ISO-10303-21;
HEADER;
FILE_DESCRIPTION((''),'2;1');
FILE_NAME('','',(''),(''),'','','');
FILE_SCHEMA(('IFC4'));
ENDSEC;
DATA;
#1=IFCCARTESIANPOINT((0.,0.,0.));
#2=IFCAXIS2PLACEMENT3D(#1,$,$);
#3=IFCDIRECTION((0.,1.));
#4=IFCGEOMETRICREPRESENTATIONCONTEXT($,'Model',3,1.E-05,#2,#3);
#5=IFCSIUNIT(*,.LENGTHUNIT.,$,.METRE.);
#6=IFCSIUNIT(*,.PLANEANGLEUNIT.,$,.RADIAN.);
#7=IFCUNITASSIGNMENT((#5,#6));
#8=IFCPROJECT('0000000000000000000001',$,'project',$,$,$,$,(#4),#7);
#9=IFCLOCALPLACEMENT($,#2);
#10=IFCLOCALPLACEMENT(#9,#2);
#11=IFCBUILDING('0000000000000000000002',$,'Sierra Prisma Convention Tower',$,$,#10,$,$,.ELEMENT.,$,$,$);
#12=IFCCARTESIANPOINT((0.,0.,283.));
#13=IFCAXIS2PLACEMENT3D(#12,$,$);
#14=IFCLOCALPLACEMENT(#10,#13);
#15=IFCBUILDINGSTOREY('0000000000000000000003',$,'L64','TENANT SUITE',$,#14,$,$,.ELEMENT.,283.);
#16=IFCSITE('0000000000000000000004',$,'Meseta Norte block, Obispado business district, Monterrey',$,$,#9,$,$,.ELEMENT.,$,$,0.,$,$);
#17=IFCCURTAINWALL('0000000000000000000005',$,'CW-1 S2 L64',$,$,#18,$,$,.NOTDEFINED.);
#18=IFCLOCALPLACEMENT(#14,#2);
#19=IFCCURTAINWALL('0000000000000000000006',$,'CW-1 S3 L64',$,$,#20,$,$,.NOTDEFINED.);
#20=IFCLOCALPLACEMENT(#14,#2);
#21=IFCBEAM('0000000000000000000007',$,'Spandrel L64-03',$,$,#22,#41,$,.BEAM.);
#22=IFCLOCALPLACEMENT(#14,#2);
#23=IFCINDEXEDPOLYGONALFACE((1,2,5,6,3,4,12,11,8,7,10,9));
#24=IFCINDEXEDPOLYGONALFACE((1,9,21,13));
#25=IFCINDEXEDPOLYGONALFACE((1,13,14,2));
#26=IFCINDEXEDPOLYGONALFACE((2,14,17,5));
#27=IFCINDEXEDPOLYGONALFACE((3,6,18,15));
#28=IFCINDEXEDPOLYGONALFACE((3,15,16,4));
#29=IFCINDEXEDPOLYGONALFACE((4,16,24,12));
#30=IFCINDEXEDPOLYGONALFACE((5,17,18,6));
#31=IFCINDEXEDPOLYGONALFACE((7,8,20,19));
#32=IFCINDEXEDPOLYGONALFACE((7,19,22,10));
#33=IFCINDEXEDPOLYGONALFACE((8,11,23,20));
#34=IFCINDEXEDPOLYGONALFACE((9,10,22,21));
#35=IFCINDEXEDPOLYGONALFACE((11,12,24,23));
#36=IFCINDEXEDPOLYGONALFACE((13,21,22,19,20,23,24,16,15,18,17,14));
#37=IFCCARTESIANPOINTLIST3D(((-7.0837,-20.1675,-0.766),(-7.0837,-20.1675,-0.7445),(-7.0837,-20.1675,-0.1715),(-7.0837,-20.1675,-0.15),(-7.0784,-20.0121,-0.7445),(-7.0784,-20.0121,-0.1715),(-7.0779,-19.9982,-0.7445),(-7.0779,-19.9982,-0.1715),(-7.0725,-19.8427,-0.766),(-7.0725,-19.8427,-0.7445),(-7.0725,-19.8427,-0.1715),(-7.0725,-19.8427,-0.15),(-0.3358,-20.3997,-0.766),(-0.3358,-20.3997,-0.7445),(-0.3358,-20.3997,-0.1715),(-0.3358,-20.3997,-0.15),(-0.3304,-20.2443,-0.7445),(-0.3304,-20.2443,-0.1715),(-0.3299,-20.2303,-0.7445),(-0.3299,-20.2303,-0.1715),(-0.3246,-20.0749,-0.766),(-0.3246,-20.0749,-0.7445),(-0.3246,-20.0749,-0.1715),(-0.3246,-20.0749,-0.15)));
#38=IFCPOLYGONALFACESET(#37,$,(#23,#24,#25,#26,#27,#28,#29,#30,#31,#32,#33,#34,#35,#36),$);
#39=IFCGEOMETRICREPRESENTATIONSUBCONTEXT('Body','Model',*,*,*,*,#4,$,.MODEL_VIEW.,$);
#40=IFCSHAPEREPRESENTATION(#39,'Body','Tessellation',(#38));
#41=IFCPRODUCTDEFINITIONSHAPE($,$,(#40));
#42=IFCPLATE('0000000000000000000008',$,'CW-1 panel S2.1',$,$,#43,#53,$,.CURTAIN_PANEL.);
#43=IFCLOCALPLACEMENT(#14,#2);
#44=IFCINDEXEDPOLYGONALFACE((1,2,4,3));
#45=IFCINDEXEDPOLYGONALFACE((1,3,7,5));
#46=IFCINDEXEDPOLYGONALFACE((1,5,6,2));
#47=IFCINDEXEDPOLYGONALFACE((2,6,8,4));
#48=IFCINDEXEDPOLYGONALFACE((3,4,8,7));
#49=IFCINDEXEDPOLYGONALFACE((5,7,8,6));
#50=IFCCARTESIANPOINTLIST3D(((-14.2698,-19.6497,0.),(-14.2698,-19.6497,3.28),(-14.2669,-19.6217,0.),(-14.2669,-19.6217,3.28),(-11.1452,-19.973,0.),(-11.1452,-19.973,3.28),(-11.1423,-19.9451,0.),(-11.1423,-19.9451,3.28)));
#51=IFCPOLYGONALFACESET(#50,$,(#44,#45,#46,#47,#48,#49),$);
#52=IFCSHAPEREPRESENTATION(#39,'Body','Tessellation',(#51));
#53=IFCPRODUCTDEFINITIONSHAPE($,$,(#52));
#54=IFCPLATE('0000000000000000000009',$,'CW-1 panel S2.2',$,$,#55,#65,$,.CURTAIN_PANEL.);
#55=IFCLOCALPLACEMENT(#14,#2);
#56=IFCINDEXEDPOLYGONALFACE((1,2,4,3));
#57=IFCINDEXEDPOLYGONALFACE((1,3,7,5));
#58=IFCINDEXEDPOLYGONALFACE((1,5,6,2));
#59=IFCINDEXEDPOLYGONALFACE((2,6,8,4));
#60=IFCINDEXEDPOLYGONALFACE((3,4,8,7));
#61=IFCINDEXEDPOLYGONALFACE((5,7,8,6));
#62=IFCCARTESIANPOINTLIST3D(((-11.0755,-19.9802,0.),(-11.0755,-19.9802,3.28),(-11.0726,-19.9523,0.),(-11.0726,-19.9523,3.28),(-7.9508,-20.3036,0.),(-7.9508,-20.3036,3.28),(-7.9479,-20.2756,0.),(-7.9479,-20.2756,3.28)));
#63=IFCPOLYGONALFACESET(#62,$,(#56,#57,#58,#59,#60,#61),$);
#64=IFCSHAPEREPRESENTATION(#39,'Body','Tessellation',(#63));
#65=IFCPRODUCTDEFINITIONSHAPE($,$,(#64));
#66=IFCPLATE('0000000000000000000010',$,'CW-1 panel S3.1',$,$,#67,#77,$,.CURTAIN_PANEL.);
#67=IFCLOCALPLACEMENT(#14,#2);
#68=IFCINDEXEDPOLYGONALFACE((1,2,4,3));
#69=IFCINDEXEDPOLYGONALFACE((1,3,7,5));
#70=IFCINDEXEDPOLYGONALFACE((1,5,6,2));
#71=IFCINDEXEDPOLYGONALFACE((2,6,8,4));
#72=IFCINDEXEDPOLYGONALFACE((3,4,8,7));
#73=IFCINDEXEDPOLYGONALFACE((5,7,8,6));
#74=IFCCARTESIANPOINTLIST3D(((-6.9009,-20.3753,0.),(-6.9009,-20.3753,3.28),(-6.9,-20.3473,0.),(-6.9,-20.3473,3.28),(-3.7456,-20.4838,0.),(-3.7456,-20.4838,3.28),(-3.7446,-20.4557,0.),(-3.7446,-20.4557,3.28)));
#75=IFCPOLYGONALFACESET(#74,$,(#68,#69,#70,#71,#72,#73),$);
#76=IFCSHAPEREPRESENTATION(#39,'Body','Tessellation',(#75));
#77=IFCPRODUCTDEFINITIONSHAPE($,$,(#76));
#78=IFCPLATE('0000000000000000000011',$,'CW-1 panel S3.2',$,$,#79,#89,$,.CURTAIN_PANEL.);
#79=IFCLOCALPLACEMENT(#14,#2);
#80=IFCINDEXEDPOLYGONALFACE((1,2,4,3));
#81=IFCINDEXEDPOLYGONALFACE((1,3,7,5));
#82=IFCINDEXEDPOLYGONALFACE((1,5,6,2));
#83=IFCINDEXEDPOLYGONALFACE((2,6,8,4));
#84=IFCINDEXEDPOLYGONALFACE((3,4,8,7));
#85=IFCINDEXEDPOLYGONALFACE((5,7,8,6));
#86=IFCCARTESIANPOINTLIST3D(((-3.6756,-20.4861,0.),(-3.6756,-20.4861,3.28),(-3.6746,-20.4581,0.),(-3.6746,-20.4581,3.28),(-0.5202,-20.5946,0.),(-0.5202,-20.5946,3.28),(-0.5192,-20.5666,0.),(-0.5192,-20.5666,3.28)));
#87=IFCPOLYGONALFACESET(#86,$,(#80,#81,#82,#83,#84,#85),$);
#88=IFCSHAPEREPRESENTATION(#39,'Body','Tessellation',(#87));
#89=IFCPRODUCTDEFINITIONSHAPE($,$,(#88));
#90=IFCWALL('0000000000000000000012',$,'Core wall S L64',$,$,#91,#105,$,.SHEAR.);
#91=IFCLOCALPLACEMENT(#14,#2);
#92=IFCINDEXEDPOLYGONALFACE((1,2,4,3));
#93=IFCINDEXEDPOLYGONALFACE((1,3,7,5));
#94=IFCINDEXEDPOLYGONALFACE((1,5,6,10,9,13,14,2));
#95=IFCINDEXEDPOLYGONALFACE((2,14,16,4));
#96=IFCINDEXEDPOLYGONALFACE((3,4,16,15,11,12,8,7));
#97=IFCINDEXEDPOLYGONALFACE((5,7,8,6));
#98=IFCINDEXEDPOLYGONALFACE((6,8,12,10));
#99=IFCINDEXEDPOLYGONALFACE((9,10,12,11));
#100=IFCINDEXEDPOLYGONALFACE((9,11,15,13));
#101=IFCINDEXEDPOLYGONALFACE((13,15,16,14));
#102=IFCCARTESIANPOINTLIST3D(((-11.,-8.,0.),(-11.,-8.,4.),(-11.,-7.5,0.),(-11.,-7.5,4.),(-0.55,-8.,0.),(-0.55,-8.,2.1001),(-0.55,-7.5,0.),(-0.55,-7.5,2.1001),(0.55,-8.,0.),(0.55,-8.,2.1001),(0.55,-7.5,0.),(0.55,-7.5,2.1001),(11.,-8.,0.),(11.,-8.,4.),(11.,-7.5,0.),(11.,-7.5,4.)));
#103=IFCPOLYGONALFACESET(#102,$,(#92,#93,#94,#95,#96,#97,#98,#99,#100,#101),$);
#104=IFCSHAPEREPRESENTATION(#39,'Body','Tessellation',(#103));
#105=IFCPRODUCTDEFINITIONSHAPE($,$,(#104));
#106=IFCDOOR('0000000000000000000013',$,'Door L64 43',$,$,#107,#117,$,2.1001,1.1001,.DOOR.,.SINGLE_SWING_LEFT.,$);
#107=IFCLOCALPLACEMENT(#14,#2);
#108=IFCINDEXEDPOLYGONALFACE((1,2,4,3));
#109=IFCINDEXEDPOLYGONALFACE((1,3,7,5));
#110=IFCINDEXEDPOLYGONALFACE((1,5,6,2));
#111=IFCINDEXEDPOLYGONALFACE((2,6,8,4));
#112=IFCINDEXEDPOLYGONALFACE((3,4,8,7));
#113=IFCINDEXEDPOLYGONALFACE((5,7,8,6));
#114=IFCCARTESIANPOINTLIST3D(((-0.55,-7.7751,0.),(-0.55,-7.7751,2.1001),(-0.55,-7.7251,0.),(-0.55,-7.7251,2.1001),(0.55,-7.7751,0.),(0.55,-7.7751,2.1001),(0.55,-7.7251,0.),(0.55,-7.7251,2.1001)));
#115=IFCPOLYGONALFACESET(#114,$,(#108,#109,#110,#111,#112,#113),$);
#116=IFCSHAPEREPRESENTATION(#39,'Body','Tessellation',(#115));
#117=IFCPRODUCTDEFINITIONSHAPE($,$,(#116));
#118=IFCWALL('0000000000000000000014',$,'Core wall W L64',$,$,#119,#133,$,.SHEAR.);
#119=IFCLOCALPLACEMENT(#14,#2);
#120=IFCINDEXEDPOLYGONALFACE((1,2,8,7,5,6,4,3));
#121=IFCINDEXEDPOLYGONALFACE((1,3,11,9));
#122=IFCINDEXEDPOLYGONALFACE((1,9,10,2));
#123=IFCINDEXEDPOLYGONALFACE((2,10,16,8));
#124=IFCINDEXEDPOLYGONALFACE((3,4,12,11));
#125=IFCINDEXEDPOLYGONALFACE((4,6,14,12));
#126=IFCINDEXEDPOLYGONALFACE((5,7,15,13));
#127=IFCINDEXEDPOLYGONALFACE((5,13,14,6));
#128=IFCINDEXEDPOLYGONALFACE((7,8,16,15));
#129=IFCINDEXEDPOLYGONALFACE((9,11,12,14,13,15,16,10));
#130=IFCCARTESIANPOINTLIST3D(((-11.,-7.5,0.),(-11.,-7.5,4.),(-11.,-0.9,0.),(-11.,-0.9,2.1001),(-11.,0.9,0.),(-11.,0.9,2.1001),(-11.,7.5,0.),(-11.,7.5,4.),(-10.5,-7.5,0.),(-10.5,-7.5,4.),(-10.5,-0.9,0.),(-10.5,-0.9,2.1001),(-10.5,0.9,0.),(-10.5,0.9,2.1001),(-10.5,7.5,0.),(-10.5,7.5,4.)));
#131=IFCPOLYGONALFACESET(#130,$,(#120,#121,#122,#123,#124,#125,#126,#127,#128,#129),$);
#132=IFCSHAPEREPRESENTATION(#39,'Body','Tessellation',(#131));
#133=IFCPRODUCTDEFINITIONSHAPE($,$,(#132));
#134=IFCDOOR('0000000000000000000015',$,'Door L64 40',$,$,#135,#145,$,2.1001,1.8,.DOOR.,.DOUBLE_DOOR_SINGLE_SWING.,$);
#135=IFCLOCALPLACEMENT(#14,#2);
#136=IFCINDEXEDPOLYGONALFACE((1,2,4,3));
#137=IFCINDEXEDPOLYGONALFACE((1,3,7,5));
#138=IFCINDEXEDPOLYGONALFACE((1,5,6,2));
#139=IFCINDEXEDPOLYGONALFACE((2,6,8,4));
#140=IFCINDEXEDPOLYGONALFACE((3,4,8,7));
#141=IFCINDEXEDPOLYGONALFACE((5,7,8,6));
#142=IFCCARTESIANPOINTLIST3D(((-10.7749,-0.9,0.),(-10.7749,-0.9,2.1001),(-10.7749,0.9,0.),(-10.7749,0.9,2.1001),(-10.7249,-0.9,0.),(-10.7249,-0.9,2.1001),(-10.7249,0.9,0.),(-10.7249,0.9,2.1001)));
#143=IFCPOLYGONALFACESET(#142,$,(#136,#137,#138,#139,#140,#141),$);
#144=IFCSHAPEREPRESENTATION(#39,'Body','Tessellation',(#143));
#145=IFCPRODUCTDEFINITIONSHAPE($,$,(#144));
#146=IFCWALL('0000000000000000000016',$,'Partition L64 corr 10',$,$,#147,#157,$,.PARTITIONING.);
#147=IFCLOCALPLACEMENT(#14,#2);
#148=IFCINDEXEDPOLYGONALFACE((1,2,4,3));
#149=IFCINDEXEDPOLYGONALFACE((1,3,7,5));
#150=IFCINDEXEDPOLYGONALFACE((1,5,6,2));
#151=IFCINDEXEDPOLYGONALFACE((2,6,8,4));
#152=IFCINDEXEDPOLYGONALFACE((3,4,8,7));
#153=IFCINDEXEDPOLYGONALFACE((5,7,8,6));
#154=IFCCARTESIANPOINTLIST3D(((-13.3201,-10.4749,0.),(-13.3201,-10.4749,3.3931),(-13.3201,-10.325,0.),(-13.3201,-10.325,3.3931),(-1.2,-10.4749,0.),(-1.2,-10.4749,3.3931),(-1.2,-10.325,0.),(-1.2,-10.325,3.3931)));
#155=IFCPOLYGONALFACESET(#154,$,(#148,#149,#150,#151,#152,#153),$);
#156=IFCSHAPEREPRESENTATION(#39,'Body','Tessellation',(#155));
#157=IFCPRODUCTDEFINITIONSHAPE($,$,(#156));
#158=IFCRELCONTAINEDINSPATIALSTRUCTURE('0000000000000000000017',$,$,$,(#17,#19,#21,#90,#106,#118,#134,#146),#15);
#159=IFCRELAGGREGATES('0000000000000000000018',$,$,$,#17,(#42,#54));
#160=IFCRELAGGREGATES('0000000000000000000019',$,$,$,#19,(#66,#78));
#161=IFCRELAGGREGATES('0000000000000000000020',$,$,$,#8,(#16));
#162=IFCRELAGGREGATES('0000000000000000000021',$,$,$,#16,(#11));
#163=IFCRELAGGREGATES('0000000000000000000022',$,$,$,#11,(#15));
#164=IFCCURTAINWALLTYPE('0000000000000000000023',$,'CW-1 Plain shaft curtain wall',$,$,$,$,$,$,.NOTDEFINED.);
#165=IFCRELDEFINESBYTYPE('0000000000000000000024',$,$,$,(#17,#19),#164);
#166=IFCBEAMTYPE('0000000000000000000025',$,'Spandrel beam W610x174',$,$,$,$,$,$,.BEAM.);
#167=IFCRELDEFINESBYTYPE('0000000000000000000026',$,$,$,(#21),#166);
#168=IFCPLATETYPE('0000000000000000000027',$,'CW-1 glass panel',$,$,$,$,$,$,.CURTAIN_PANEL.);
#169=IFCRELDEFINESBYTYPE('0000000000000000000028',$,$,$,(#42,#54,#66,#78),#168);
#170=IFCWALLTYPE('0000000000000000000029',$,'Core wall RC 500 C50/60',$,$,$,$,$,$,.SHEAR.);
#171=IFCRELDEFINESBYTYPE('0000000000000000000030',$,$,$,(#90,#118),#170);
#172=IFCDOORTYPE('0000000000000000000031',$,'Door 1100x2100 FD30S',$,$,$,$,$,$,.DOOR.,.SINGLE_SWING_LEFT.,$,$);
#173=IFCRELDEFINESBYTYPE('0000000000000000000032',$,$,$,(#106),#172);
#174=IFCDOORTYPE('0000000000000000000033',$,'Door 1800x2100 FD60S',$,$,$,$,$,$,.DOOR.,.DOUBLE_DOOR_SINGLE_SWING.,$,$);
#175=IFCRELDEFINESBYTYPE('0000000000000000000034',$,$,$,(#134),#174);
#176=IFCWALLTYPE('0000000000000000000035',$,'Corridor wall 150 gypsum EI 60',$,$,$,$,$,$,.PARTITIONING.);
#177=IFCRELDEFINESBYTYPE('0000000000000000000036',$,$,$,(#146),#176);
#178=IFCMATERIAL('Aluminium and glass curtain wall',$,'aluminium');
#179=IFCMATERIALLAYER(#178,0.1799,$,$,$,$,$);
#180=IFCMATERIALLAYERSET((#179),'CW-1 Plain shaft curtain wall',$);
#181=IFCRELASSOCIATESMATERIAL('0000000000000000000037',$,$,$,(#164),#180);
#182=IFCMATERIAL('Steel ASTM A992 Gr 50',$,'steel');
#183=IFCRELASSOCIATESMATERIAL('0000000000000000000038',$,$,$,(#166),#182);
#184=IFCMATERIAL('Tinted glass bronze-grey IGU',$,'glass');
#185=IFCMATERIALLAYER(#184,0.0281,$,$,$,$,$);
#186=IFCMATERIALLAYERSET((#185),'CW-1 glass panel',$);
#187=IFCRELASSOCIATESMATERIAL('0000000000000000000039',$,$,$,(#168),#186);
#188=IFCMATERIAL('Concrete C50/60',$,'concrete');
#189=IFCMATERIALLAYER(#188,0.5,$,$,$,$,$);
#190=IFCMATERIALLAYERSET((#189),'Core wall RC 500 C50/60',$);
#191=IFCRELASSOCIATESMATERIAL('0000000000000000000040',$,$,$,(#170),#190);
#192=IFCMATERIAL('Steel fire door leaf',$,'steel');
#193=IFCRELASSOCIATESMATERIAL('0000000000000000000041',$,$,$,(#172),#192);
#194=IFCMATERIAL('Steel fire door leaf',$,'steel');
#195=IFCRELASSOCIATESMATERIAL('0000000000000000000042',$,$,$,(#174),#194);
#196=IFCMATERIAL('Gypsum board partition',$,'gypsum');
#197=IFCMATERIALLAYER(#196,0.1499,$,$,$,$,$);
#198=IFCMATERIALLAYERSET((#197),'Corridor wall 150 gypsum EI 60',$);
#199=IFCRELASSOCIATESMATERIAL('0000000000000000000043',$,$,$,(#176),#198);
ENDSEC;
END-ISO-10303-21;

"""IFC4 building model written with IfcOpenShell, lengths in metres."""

from ifc_helpers import new_model, si_unit, direction, frame, frame_2d, origin, origin_2d, place, context, subcontext, project, spatial, rectangle, i_section, extrude, material, layer, layer_set, material_profile, profile_set, type_object, element, fill, aggregate, save


model = new_model("IFC4")

# Units and contexts
model_context = context("Model", 3, precision=1e-05, world=origin(), true_north=direction((0.0, 1.0)))
body_context = subcontext(model_context, "Body", "Model", "MODEL_VIEW")
ifc_project = project(units=[si_unit("LENGTHUNIT", "METRE"), si_unit("PLANEANGLEUNIT", "RADIAN")], contexts=[model_context])

# Site, building, storey
site_placement = place(None, origin())
site = spatial("IfcSite", under=ifc_project, at=site_placement, Name="Meseta Norte block, Obispado business district, Monterrey", CompositionType="ELEMENT", RefElevation=0.0)
building_placement = place(site_placement, origin())
building = spatial("IfcBuilding", under=site, at=building_placement, Name="Sierra Prisma Convention Tower", CompositionType="ELEMENT")
storey_placement = place(building_placement, frame((0.0, 0.0, 283.0)))
storey = spatial("IfcBuildingStorey", under=building, at=storey_placement, Name="L64", Description="TENANT SUITE", CompositionType="ELEMENT", Elevation=283.0)

# Curtain wall
ifc_material_1 = material(Name="Aluminium and glass curtain wall", Category="aluminium")
ifc_layer_1 = layer(ifc_material_1, 0.1799)
ifc_layer_set_1 = layer_set([ifc_layer_1], Name="CW-1 Plain shaft curtain wall")
curtain_wall_type = type_object("IfcCurtainWallType", Name="CW-1 Plain shaft curtain wall", PredefinedType="NOTDEFINED", material=ifc_layer_set_1)
curtain_wall_1_placement = place(storey_placement, origin())
curtain_wall_1 = element("IfcCurtainWall", 1, at=curtain_wall_1_placement, inside=storey, type_object=curtain_wall_type, Name="CW-1 S2 L64", PredefinedType="NOTDEFINED")

# Curtain wall
curtain_wall_2_placement = place(storey_placement, origin())
curtain_wall_2 = element("IfcCurtainWall", 2, at=curtain_wall_2_placement, inside=storey, type_object=curtain_wall_type, Name="CW-1 S3 L64", PredefinedType="NOTDEFINED")

# Beam
ifc_material_2 = material(Name="Steel ASTM A992 Gr 50", Category="steel")
ifc_material_profile_1 = material_profile(ifc_material_2, i_section(OverallWidth=0.325, OverallDepth=0.616, WebThickness=0.0139, FlangeThickness=0.0215, at=origin_2d()), Name="W610x174")
ifc_profile_set_1 = profile_set([ifc_material_profile_1], Name="Steel ASTM A992 Gr 50")
beam_type_1 = type_object("IfcBeamType", Name="Spandrel beam W610x174", PredefinedType="BEAM", material=ifc_profile_set_1)
beam_1_placement = place(storey_placement, frame((-7.0781, -20.0051, -0.458), z_axis=(0.999409, -0.034386, 0.0), x_axis=(0.034386, 0.999409, 0.0)))
element("IfcBeam", 3, at=beam_1_placement, inside=storey, type_object=beam_type_1, Name="Spandrel L64-03", PredefinedType="BEAM", context=body_context, shape_type="SweptSolid", body=[
    extrude(i_section(OverallWidth=0.325, OverallDepth=0.616, WebThickness=0.0139, FlangeThickness=0.0215, at=origin_2d()), origin(), (0.0, 0.0, 1.0), 6.752),
])

# Plates
ifc_material_3 = material(Name="Tinted glass bronze-grey IGU", Category="glass")
ifc_layer_2 = layer(ifc_material_3, 0.0281)
ifc_layer_set_2 = layer_set([ifc_layer_2], Name="CW-1 glass panel")
plate_type = type_object("IfcPlateType", Name="CW-1 glass panel", PredefinedType="CURTAIN_PANEL", material=ifc_layer_set_2)
plate_1_placement = place(storey_placement, frame((-12.7061, -19.7974, 0.0), z_axis=(0.0, 0.0, 1.0), x_axis=(0.994689, -0.10293, 0.0)))
plate_1 = element("IfcPlate", 4, at=plate_1_placement, type_object=plate_type, Name="CW-1 panel S2.1", PredefinedType="CURTAIN_PANEL", context=body_context, shape_type="SweptSolid", body=[
    extrude(rectangle(XDim=3.1414, YDim=0.0281, at=origin_2d()), origin(), (0.0, 0.0, 1.0), 3.28),
])
plate_2_placement = place(storey_placement, frame((-9.5117, -20.1279, 0.0), z_axis=(0.0, 0.0, 1.0), x_axis=(0.994689, -0.10293, 0.0)))
plate_2 = element("IfcPlate", 5, at=plate_2_placement, type_object=plate_type, Name="CW-1 panel S2.2", PredefinedType="CURTAIN_PANEL", context=body_context, shape_type="SweptSolid", body=[
    extrude(rectangle(XDim=3.1414, YDim=0.0281, at=origin_2d()), origin(), (0.0, 0.0, 1.0), 3.28),
])
aggregate(curtain_wall_1, [plate_1, plate_2])
plate_3_placement = place(storey_placement, frame((-5.3228, -20.4155, 0.0), z_axis=(0.0, 0.0, 1.0), x_axis=(0.999409, -0.034364, 0.0)))
plate_3 = element("IfcPlate", 6, at=plate_3_placement, type_object=plate_type, Name="CW-1 panel S3.1", PredefinedType="CURTAIN_PANEL", context=body_context, shape_type="SweptSolid", body=[
    extrude(rectangle(XDim=3.1572, YDim=0.0281, at=origin_2d()), origin(), (0.0, 0.0, 1.0), 3.28),
])
plate_4_placement = place(storey_placement, frame((-2.0974, -20.5264, 0.0), z_axis=(0.0, 0.0, 1.0), x_axis=(0.999409, -0.034364, 0.0)))
plate_4 = element("IfcPlate", 7, at=plate_4_placement, type_object=plate_type, Name="CW-1 panel S3.2", PredefinedType="CURTAIN_PANEL", context=body_context, shape_type="SweptSolid", body=[
    extrude(rectangle(XDim=3.1572, YDim=0.0281, at=origin_2d()), origin(), (0.0, 0.0, 1.0), 3.28),
])
aggregate(curtain_wall_2, [plate_3, plate_4])

# Walls, openings, doors
ifc_material_4 = material(Name="Concrete C50/60", Category="concrete")
ifc_layer_3 = layer(ifc_material_4, 0.5)
ifc_layer_set_3 = layer_set([ifc_layer_3], Name="Core wall RC 500 C50/60")
wall_type_1 = type_object("IfcWallType", Name="Core wall RC 500 C50/60", PredefinedType="SHEAR", material=ifc_layer_set_3)
wall_1_placement = place(storey_placement, frame((-11.0, -7.75, 0.0), z_axis=(0.0, 0.0, 1.0), x_axis=(1.0, 0.0, 0.0)))
wall_1 = element("IfcWall", 8, at=wall_1_placement, inside=storey, type_object=wall_type_1, Name="Core wall S L64", PredefinedType="SHEAR", context=body_context, shape_type="SweptSolid", body=[
    extrude(rectangle(XDim=22.0, YDim=0.5, at=frame_2d((11.0, 0.0))), origin(), (0.0, 0.0, 1.0), 4.0),
])
opening_1_placement = place(wall_1_placement, frame((10.45, 0.0, 0.0)))
opening_1 = element("IfcOpeningElement", 9, at=opening_1_placement, cuts=wall_1, PredefinedType="OPENING", context=body_context, shape_type="SweptSolid", body=[
    extrude(rectangle(XDim=1.1001, YDim=2.1001, at=frame_2d((0.55, 1.05))), frame((0.0, 0.25, 0.0), z_axis=(0.0, -1.0, 0.0), x_axis=(1.0, 0.0, 0.0)), (0.0, 0.0, 1.0), 0.5),
])
ifc_material_5 = material(Name="Steel fire door leaf", Category="steel")
door_type_1 = type_object("IfcDoorType", Name="Door 1100x2100 FD30S", OperationType="SINGLE_SWING_LEFT", PredefinedType="DOOR", material=ifc_material_5)
door_1_placement = place(opening_1_placement, origin())
door_1 = element("IfcDoor", 10, at=door_1_placement, inside=storey, type_object=door_type_1, Name="Door L64 43", OperationType="SINGLE_SWING_LEFT", OverallHeight=2.1001, OverallWidth=1.1001, PredefinedType="DOOR", context=body_context, shape_type="SweptSolid", body=[
    extrude(rectangle(XDim=1.1001, YDim=2.1001, at=frame_2d((0.55, 1.05))), frame((0.0, 0.0249, 0.0), z_axis=(0.0, -1.0, 0.0), x_axis=(1.0, 0.0, 0.0)), (0.0, 0.0, 1.0), 0.05),
])
fill(opening_1, door_1)
wall_2_placement = place(storey_placement, frame((-10.75, -7.5, 0.0), z_axis=(0.0, 0.0, 1.0), x_axis=(0.0, 1.0, 0.0)))
wall_2 = element("IfcWall", 11, at=wall_2_placement, inside=storey, type_object=wall_type_1, Name="Core wall W L64", PredefinedType="SHEAR", context=body_context, shape_type="SweptSolid", body=[
    extrude(rectangle(XDim=15.0, YDim=0.5, at=frame_2d((7.5, 0.0))), origin(), (0.0, 0.0, 1.0), 4.0),
])
opening_2_placement = place(wall_2_placement, frame((6.6001, 0.0, 0.0)))
opening_2 = element("IfcOpeningElement", 12, at=opening_2_placement, cuts=wall_2, PredefinedType="OPENING", context=body_context, shape_type="SweptSolid", body=[
    extrude(rectangle(XDim=1.8, YDim=2.1001, at=frame_2d((0.8999, 1.05))), frame((0.0, 0.25, 0.0), z_axis=(0.0, -1.0, 0.0), x_axis=(1.0, 0.0, 0.0)), (0.0, 0.0, 1.0), 0.5),
])
ifc_material_6 = material(Name="Steel fire door leaf", Category="steel")
door_type_2 = type_object("IfcDoorType", Name="Door 1800x2100 FD60S", OperationType="DOUBLE_DOOR_SINGLE_SWING", PredefinedType="DOOR", material=ifc_material_6)
door_2_placement = place(opening_2_placement, origin())
door_2 = element("IfcDoor", 13, at=door_2_placement, inside=storey, type_object=door_type_2, Name="Door L64 40", OperationType="DOUBLE_DOOR_SINGLE_SWING", OverallHeight=2.1001, OverallWidth=1.8, PredefinedType="DOOR", context=body_context, shape_type="SweptSolid", body=[
    extrude(rectangle(XDim=1.8, YDim=2.1001, at=frame_2d((0.8999, 1.05))), frame((0.0, 0.0249, 0.0), z_axis=(0.0, -1.0, 0.0), x_axis=(1.0, 0.0, 0.0)), (0.0, 0.0, 1.0), 0.05),
])
fill(opening_2, door_2)

# Wall
ifc_material_7 = material(Name="Gypsum board partition", Category="gypsum")
ifc_layer_4 = layer(ifc_material_7, 0.1499)
ifc_layer_set_4 = layer_set([ifc_layer_4], Name="Corridor wall 150 gypsum EI 60")
wall_type_2 = type_object("IfcWallType", Name="Corridor wall 150 gypsum EI 60", PredefinedType="PARTITIONING", material=ifc_layer_set_4)
wall_3_placement = place(storey_placement, frame((-13.3201, -10.3999, 0.0), z_axis=(0.0, 0.0, 1.0), x_axis=(1.0, 0.0, 0.0)))
element("IfcWall", 14, at=wall_3_placement, inside=storey, type_object=wall_type_2, Name="Partition L64 corr 10", PredefinedType="PARTITIONING", context=body_context, shape_type="SweptSolid", body=[
    extrude(rectangle(XDim=12.1201, YDim=0.1499, at=frame_2d((6.0601, 0.0))), origin(), (0.0, 0.0, 1.0), 3.3931),
])

save(model, "model.ifc")
